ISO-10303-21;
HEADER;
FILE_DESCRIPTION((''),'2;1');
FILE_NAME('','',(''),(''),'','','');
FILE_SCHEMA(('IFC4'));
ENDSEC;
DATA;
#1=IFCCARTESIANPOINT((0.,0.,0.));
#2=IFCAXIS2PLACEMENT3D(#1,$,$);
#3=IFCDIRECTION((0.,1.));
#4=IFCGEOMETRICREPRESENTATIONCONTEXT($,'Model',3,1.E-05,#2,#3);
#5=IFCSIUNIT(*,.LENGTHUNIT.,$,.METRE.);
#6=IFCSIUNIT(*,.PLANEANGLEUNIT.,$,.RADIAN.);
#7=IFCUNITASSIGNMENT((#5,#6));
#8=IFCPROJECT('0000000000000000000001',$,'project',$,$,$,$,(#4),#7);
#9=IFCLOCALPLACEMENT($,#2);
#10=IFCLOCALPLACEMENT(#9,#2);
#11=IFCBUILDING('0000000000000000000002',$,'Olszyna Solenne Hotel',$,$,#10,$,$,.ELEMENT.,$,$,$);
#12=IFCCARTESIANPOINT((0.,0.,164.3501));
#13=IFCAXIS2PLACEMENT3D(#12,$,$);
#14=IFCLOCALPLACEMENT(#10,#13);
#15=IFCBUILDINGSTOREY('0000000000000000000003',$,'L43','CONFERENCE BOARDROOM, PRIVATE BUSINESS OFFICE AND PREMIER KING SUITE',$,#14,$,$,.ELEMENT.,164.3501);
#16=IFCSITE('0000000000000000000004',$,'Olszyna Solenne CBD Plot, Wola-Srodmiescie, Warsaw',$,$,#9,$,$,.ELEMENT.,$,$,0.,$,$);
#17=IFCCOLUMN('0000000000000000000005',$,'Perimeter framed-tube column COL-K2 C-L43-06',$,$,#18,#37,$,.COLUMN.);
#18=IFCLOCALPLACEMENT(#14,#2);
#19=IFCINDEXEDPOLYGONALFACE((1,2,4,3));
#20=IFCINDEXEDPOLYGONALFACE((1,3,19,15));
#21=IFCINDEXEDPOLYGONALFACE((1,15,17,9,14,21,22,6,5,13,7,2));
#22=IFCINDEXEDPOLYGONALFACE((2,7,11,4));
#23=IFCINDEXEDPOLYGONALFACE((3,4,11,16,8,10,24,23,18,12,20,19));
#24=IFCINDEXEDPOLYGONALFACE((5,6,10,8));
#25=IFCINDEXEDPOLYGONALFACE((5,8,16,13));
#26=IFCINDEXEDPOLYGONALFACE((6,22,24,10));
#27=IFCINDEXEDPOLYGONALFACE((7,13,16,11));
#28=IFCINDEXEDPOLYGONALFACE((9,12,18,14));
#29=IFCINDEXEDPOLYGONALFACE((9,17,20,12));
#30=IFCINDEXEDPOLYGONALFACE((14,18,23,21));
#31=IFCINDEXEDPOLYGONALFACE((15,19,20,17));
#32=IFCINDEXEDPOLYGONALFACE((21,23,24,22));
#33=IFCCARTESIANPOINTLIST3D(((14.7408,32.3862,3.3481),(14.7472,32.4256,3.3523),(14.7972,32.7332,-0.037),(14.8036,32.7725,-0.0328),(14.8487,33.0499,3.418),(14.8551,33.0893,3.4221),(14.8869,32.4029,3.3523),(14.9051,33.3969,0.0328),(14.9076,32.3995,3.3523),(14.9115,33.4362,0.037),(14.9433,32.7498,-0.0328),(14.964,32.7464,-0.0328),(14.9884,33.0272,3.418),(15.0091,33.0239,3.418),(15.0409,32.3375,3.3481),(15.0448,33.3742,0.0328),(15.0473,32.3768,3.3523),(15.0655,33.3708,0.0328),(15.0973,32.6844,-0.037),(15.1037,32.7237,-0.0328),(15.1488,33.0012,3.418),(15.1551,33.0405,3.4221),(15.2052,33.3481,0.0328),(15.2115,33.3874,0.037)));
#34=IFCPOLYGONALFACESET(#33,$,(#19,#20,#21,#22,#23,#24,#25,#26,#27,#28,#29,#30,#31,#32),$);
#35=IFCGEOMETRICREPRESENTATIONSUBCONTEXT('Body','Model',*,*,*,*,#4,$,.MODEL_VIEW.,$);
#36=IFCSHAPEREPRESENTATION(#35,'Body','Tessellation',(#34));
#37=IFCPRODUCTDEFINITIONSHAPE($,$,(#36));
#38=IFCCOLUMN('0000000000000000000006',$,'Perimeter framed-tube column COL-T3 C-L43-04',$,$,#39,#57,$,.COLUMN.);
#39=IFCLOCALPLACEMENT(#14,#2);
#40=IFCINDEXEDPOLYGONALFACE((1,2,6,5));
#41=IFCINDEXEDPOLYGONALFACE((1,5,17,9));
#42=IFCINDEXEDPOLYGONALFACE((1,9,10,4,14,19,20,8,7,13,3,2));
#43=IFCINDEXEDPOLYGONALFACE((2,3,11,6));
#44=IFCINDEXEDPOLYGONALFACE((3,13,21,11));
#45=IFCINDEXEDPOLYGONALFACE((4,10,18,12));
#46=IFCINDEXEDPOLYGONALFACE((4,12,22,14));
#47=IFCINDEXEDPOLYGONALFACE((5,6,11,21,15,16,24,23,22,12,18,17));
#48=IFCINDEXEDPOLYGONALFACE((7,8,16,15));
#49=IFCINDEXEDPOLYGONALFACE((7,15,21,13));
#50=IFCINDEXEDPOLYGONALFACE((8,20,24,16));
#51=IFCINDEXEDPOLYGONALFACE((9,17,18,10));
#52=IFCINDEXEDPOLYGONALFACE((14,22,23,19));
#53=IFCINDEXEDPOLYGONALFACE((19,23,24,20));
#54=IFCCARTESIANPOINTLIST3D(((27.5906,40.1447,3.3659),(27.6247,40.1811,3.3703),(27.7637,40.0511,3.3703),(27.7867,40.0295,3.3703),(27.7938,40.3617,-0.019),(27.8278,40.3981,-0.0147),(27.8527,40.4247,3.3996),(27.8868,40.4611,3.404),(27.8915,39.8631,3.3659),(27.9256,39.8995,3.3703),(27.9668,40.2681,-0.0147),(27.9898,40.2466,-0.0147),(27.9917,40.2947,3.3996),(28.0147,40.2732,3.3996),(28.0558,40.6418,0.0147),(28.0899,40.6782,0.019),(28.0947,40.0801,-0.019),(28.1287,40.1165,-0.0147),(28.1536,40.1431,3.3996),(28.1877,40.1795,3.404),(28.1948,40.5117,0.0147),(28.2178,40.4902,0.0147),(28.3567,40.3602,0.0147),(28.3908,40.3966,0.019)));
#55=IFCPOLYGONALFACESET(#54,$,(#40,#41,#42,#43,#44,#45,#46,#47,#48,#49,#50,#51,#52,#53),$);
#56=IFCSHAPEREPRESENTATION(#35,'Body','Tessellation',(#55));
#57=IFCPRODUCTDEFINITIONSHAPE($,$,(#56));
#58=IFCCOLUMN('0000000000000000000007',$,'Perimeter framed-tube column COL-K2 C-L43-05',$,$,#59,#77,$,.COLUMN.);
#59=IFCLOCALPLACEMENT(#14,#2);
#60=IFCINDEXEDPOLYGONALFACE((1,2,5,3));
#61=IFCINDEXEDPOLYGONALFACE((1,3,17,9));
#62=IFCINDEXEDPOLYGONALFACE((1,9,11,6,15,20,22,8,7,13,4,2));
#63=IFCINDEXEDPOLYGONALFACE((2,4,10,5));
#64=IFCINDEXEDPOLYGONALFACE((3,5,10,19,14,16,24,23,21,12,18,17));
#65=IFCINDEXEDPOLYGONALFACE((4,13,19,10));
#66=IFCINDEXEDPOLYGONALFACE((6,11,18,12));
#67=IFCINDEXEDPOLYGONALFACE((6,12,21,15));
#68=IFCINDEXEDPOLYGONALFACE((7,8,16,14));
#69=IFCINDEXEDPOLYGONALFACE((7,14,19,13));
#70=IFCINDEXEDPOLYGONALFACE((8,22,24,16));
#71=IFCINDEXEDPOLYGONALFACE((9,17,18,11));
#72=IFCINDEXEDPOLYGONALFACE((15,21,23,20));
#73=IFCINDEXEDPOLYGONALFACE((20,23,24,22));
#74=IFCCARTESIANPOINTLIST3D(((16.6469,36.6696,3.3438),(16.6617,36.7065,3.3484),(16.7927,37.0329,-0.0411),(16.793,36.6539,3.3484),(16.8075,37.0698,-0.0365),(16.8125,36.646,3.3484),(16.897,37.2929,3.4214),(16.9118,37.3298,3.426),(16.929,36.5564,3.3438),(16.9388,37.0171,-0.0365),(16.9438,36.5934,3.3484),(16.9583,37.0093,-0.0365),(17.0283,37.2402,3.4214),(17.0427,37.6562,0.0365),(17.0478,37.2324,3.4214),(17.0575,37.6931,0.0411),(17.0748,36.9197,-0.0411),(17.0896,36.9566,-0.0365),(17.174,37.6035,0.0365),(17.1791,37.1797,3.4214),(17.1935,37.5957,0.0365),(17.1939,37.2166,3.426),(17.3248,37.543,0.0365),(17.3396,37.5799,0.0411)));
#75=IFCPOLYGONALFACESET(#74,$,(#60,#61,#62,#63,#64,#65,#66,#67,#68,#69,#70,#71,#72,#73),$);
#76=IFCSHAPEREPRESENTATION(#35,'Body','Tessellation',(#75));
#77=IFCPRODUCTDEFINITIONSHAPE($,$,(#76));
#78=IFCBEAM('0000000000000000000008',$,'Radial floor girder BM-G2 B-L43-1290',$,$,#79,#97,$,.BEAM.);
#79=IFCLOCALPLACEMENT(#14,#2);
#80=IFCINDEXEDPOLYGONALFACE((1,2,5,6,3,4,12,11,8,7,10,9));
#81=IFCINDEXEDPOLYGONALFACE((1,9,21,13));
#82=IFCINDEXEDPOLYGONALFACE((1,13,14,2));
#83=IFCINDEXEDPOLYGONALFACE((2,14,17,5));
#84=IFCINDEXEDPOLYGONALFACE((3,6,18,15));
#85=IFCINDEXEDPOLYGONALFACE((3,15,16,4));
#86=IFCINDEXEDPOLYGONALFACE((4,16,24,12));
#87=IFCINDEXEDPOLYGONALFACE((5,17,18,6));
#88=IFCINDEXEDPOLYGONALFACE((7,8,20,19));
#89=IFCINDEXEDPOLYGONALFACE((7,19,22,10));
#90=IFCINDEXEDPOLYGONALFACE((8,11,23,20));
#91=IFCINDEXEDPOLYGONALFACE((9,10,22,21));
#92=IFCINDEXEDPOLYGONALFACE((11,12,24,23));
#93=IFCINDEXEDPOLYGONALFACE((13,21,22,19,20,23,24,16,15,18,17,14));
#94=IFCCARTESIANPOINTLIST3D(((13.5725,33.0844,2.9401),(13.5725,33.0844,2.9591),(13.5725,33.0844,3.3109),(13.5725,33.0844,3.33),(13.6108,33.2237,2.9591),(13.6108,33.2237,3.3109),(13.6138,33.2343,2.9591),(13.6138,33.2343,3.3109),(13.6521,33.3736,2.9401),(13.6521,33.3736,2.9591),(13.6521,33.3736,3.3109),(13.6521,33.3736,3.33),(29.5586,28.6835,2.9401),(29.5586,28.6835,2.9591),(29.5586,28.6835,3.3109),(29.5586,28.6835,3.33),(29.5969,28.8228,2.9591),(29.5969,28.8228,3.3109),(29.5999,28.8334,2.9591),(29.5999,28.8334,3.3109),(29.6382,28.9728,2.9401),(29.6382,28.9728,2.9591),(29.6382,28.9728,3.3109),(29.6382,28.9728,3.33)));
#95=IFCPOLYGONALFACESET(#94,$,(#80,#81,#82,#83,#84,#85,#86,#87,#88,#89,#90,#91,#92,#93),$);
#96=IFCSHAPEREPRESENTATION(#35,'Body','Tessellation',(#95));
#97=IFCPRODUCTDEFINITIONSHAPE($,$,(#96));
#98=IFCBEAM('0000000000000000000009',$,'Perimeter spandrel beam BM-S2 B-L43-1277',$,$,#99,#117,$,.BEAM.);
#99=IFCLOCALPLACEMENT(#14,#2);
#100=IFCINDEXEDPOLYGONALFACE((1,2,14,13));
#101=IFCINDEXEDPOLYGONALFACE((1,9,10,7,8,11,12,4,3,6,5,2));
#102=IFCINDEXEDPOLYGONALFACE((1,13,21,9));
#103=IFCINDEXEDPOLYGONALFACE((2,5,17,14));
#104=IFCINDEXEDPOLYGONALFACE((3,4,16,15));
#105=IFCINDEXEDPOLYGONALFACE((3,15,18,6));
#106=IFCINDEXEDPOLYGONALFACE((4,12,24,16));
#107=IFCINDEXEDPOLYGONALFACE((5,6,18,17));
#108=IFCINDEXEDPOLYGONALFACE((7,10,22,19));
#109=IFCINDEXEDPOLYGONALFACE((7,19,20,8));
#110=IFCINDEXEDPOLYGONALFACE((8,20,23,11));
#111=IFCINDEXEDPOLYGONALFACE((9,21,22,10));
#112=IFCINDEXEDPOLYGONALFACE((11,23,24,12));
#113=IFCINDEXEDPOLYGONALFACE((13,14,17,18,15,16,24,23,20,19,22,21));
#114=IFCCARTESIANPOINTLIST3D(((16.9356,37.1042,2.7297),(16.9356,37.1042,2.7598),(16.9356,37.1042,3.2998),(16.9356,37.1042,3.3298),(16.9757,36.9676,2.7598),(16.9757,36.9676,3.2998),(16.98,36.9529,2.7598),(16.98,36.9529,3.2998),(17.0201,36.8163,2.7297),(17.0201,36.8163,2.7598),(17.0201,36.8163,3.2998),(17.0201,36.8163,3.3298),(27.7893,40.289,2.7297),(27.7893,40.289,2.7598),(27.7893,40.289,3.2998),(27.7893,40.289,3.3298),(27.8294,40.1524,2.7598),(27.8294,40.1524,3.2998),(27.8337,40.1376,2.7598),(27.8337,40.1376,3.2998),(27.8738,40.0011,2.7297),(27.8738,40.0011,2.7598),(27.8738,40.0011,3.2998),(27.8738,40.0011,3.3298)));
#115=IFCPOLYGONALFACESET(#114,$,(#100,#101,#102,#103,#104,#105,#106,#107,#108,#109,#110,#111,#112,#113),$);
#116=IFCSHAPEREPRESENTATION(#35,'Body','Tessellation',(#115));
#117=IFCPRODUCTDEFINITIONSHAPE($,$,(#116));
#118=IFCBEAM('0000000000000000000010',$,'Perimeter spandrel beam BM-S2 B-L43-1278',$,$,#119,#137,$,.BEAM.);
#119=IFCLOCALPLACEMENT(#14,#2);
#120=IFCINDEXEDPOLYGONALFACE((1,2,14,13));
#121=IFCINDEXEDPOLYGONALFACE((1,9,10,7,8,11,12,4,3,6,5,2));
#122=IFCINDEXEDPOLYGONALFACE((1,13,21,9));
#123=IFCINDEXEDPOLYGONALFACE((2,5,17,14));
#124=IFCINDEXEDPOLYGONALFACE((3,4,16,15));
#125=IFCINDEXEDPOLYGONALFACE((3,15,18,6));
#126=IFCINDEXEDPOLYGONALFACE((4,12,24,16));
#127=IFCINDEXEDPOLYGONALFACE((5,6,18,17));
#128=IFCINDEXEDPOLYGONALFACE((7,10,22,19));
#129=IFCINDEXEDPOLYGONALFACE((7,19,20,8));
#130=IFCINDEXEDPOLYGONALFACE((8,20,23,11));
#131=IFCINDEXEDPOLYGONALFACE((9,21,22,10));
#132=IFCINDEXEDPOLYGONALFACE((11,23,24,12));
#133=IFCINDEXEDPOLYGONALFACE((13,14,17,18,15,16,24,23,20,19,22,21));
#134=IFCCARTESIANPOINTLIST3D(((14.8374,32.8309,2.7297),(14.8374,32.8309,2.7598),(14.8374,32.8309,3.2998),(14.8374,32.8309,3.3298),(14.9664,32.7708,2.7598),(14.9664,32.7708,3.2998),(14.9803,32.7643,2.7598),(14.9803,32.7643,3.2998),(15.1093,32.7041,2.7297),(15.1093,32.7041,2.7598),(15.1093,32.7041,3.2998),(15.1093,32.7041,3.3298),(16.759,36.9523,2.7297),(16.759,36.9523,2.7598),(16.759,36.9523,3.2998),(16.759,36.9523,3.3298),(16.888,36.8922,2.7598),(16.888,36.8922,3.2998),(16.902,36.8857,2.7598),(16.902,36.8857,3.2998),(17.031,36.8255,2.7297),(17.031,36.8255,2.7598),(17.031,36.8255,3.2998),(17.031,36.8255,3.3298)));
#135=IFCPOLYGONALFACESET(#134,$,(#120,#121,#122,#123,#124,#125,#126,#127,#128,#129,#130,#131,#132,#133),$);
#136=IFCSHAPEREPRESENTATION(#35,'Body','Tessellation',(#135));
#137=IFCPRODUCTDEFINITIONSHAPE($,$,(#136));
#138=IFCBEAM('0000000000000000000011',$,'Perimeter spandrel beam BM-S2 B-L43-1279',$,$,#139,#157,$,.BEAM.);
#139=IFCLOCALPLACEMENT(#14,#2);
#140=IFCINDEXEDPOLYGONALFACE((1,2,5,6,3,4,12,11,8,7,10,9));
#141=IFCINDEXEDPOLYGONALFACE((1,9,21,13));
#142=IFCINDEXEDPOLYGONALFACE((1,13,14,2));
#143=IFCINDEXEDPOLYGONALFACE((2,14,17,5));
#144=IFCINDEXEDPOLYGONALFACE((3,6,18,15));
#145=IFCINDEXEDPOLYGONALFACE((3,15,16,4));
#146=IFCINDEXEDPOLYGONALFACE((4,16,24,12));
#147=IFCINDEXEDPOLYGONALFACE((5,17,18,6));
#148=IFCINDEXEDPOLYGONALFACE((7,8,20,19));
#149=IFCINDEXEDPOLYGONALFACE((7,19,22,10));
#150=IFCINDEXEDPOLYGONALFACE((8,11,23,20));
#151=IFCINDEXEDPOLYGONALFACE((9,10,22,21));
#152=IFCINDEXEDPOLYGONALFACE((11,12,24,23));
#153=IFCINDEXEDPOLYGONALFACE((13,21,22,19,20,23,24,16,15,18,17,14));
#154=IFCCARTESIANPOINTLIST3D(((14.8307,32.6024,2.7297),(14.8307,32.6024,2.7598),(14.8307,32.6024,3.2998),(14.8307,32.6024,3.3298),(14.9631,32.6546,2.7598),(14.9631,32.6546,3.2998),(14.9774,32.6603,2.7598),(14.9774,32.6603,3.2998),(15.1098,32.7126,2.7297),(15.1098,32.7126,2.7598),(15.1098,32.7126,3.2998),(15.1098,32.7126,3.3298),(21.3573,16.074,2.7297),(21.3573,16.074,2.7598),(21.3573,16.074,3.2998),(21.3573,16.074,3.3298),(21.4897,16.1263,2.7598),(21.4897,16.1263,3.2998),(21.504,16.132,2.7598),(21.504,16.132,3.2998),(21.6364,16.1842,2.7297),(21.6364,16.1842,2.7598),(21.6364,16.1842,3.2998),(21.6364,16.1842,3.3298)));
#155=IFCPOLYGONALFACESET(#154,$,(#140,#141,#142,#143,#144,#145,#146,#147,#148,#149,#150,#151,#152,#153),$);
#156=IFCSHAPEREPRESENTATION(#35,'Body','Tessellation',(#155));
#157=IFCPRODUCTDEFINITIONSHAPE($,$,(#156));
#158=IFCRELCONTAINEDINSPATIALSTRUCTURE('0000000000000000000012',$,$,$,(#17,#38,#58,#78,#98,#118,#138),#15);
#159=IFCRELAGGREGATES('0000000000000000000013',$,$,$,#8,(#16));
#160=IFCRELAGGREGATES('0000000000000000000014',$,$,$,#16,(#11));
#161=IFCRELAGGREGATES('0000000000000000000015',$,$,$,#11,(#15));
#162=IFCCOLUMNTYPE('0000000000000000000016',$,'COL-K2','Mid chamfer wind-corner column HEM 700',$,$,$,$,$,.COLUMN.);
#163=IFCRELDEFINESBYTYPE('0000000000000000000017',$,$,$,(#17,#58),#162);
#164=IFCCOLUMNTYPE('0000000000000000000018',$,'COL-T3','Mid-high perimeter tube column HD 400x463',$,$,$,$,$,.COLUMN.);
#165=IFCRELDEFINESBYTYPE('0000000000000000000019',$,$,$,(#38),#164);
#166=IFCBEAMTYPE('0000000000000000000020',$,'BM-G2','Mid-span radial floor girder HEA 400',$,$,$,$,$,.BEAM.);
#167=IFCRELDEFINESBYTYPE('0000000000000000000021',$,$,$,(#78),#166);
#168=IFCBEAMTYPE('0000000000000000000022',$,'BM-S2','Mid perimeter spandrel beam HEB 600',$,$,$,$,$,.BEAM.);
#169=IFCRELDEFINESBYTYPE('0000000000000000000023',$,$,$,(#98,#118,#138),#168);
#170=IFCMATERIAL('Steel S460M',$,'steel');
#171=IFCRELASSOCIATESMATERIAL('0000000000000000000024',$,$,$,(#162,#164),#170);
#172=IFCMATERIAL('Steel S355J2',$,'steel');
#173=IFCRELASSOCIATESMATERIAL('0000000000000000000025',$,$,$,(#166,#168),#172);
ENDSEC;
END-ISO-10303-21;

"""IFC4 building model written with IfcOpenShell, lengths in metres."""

from ifc_helpers import new_model, si_unit, direction, frame, origin, origin_2d, place, context, subcontext, project, spatial, i_section, extrude, source, transform, mapped, material, material_profile, profile_set, type_object, element, save


model = new_model("IFC4")

# Units and contexts
model_context = context("Model", 3, precision=1e-05, world=origin(), true_north=direction((0.0, 1.0)))
body_context = subcontext(model_context, "Body", "Model", "MODEL_VIEW")
ifc_project = project(units=[si_unit("LENGTHUNIT", "METRE"), si_unit("PLANEANGLEUNIT", "RADIAN")], contexts=[model_context])

# Site, building, storey
site_placement = place(None, origin())
site = spatial("IfcSite", under=ifc_project, at=site_placement, Name="Olszyna Solenne CBD Plot, Wola-Srodmiescie, Warsaw", CompositionType="ELEMENT", RefElevation=0.0)
building_placement = place(site_placement, origin())
building = spatial("IfcBuilding", under=site, at=building_placement, Name="Olszyna Solenne Hotel", CompositionType="ELEMENT")
storey_placement = place(building_placement, frame((0.0, 0.0, 164.3501)))
storey = spatial("IfcBuildingStorey", under=building, at=storey_placement, Name="L43", Description="CONFERENCE BOARDROOM, PRIVATE BUSINESS OFFICE AND PREMIER KING SUITE", CompositionType="ELEMENT", Elevation=164.3501)

# Columns
ifc_material_1 = material(Name="Steel S460M", Category="steel")
ifc_material_profile_1 = material_profile(ifc_material_1, i_section(OverallWidth=0.304, OverallDepth=0.7161, WebThickness=0.021, FlangeThickness=0.04, at=origin_2d()), Name="HEM 700", Category="load-bearing")
ifc_profile_set_1 = profile_set([ifc_material_profile_1], Name="Steel S460M")
column_type_1 = type_object("IfcColumnType", Name="COL-K2", Description="Mid chamfer wind-corner column HEM 700", PredefinedType="COLUMN", material=ifc_profile_set_1)
shared_shape_1 = source(origin(), body_context, "Body", "SweptSolid", [
    extrude(i_section(OverallWidth=0.304, OverallDepth=0.7161, WebThickness=0.021, FlangeThickness=0.04, at=origin_2d()), origin(), (0.0, 0.0, 1.0), 3.4033),
])
column_1_placement = place(storey_placement, frame((15.0044, 33.0603, 0.0), z_axis=(-0.016572, -0.10194, 0.994652), x_axis=(0.987043, -0.160455, 0.0)))
element("IfcColumn", 1, at=column_1_placement, inside=storey, type_object=column_type_1, Name="Perimeter framed-tube column COL-K2 C-L43-06", PredefinedType="COLUMN", context=body_context, shape_type="MappedRepresentation", body=[
    mapped(shared_shape_1, transform((0.0, 0.0, 0.0), x_axis=(1.0, 0.0, 0.0), y_axis=(0.0, 1.0, 0.0), z_axis=(0.0, 0.0, 1.0), scale=1.0)),
])
ifc_material_profile_2 = material_profile(ifc_material_1, i_section(OverallWidth=0.4121, OverallDepth=0.4351, WebThickness=0.0315, FlangeThickness=0.05, at=origin_2d()), Name="HD 400x463", Category="load-bearing")
ifc_profile_set_2 = profile_set([ifc_material_profile_2], Name="Steel S460M")
column_type_2 = type_object("IfcColumnType", Name="COL-T3", Description="Mid-high perimeter tube column HD 400x463", PredefinedType="COLUMN", material=ifc_profile_set_2)
shared_shape_2 = source(origin(), body_context, "Body", "SweptSolid", [
    extrude(i_section(OverallWidth=0.4121, OverallDepth=0.4351, WebThickness=0.0315, FlangeThickness=0.05, at=origin_2d()), origin(), (0.0, 0.0, 1.0), 3.3979),
])
column_2_placement = place(storey_placement, frame((28.0923, 40.3792, 0.0), z_axis=(-0.059777, -0.063872, 0.996166), x_axis=(0.730126, -0.683313, 0.0)))
element("IfcColumn", 2, at=column_2_placement, inside=storey, type_object=column_type_2, Name="Perimeter framed-tube column COL-T3 C-L43-04", PredefinedType="COLUMN", context=body_context, shape_type="MappedRepresentation", body=[
    mapped(shared_shape_2, transform((0.0, 0.0, 0.0), x_axis=(1.0, 0.0, 0.0), y_axis=(0.0, 1.0, 0.0), z_axis=(0.0, 0.0, 1.0), scale=1.0)),
])
shared_shape_3 = source(origin(), body_context, "Body", "SweptSolid", [
    extrude(i_section(OverallWidth=0.304, OverallDepth=0.7161, WebThickness=0.021, FlangeThickness=0.04, at=origin_2d()), origin(), (0.0, 0.0, 1.0), 3.4075),
])
column_3_placement = place(storey_placement, frame((17.0662, 37.3064, 0.0), z_axis=(-0.042773, -0.10661, 0.99338), x_axis=(0.928089, -0.372358, 0.0)))
element("IfcColumn", 3, at=column_3_placement, inside=storey, type_object=column_type_1, Name="Perimeter framed-tube column COL-K2 C-L43-05", PredefinedType="COLUMN", context=body_context, shape_type="MappedRepresentation", body=[
    mapped(shared_shape_3, transform((0.0, 0.0, 0.0), x_axis=(1.0, 0.0, 0.0), y_axis=(0.0, 1.0, 0.0), z_axis=(0.0, 0.0, 1.0), scale=1.0)),
])

# Beams
ifc_material_2 = material(Name="Steel S355J2", Category="steel")
ifc_material_profile_3 = material_profile(ifc_material_2, i_section(OverallWidth=0.3, OverallDepth=0.3899, WebThickness=0.011, FlangeThickness=0.019, at=origin_2d()), Name="HEA 400", Category="load-bearing")
ifc_profile_set_3 = profile_set([ifc_material_profile_3], Name="Steel S355J2")
beam_type_1 = type_object("IfcBeamType", Name="BM-G2", Description="Mid-span radial floor girder HEA 400", PredefinedType="BEAM", material=ifc_profile_set_3)
shared_shape_4 = source(origin(), body_context, "Body", "SweptSolid", [
    extrude(i_section(OverallWidth=0.3, OverallDepth=0.3899, WebThickness=0.011, FlangeThickness=0.019, at=origin_2d()), origin(), (0.0, 0.0, 1.0), 16.5808),
])
beam_1_placement = place(storey_placement, frame((13.6123, 33.229, 3.135), z_axis=(0.964133, -0.26542, 0.0), x_axis=(0.26542, 0.964133, 0.0)))
element("IfcBeam", 4, at=beam_1_placement, inside=storey, type_object=beam_type_1, Name="Radial floor girder BM-G2 B-L43-1290", PredefinedType="BEAM", context=body_context, shape_type="MappedRepresentation", body=[
    mapped(shared_shape_4, transform((0.0, 0.0, 0.0), x_axis=(1.0, 0.0, 0.0), y_axis=(0.0, 1.0, 0.0), z_axis=(0.0, 0.0, 1.0), scale=1.0)),
])
ifc_material_profile_4 = material_profile(ifc_material_2, i_section(OverallWidth=0.3, OverallDepth=0.6001, WebThickness=0.0154, FlangeThickness=0.03, at=origin_2d()), Name="HEB 600", Category="load-bearing")
ifc_profile_set_4 = profile_set([ifc_material_profile_4], Name="Steel S355J2")
beam_type_2 = type_object("IfcBeamType", Name="BM-S2", Description="Mid perimeter spandrel beam HEB 600", PredefinedType="BEAM", material=ifc_profile_set_4)
shared_shape_5 = source(origin(), body_context, "Body", "SweptSolid", [
    extrude(i_section(OverallWidth=0.3, OverallDepth=0.6001, WebThickness=0.0154, FlangeThickness=0.03, at=origin_2d()), origin(), (0.0, 0.0, 1.0), 11.3113),
])
beam_2_placement = place(storey_placement, frame((27.8315, 40.145, 3.0298), z_axis=(-0.959544, -0.281559, 0.0), x_axis=(0.281559, -0.959544, 0.0)))
element("IfcBeam", 5, at=beam_2_placement, inside=storey, type_object=beam_type_2, Name="Perimeter spandrel beam BM-S2 B-L43-1277", PredefinedType="BEAM", context=body_context, shape_type="MappedRepresentation", body=[
    mapped(shared_shape_5, transform((0.0, 0.0, 0.0), x_axis=(1.0, 0.0, 0.0), y_axis=(0.0, 1.0, 0.0), z_axis=(0.0, 0.0, 1.0), scale=1.0)),
])
shared_shape_6 = source(origin(), body_context, "Body", "SweptSolid", [
    extrude(i_section(OverallWidth=0.3, OverallDepth=0.6001, WebThickness=0.0154, FlangeThickness=0.03, at=origin_2d()), origin(), (0.0, 0.0, 1.0), 4.5474),
])
beam_3_placement = place(storey_placement, frame((16.895, 36.8889, 3.0298), z_axis=(-0.422586, -0.906323, 0.0), x_axis=(0.906323, -0.422586, 0.0)))
element("IfcBeam", 6, at=beam_3_placement, inside=storey, type_object=beam_type_2, Name="Perimeter spandrel beam BM-S2 B-L43-1278", PredefinedType="BEAM", context=body_context, shape_type="MappedRepresentation", body=[
    mapped(shared_shape_6, transform((0.0, 0.0, 0.0), x_axis=(1.0, 0.0, 0.0), y_axis=(0.0, 1.0, 0.0), z_axis=(0.0, 0.0, 1.0), scale=1.0)),
])
shared_shape_7 = source(origin(), body_context, "Body", "SweptSolid", [
    extrude(i_section(OverallWidth=0.3, OverallDepth=0.6001, WebThickness=0.0154, FlangeThickness=0.03, at=origin_2d()), origin(), (0.0, 0.0, 1.0), 17.7703),
])
beam_4_placement = place(storey_placement, frame((14.9702, 32.6575, 3.0298), z_axis=(0.367277, -0.930112, 0.0), x_axis=(0.930112, 0.367277, 0.0)))
element("IfcBeam", 7, at=beam_4_placement, inside=storey, type_object=beam_type_2, Name="Perimeter spandrel beam BM-S2 B-L43-1279", PredefinedType="BEAM", context=body_context, shape_type="MappedRepresentation", body=[
    mapped(shared_shape_7, transform((0.0, 0.0, 0.0), x_axis=(1.0, 0.0, 0.0), y_axis=(0.0, 1.0, 0.0), z_axis=(0.0, 0.0, 1.0), scale=1.0)),
])

save(model, "model.ifc")
